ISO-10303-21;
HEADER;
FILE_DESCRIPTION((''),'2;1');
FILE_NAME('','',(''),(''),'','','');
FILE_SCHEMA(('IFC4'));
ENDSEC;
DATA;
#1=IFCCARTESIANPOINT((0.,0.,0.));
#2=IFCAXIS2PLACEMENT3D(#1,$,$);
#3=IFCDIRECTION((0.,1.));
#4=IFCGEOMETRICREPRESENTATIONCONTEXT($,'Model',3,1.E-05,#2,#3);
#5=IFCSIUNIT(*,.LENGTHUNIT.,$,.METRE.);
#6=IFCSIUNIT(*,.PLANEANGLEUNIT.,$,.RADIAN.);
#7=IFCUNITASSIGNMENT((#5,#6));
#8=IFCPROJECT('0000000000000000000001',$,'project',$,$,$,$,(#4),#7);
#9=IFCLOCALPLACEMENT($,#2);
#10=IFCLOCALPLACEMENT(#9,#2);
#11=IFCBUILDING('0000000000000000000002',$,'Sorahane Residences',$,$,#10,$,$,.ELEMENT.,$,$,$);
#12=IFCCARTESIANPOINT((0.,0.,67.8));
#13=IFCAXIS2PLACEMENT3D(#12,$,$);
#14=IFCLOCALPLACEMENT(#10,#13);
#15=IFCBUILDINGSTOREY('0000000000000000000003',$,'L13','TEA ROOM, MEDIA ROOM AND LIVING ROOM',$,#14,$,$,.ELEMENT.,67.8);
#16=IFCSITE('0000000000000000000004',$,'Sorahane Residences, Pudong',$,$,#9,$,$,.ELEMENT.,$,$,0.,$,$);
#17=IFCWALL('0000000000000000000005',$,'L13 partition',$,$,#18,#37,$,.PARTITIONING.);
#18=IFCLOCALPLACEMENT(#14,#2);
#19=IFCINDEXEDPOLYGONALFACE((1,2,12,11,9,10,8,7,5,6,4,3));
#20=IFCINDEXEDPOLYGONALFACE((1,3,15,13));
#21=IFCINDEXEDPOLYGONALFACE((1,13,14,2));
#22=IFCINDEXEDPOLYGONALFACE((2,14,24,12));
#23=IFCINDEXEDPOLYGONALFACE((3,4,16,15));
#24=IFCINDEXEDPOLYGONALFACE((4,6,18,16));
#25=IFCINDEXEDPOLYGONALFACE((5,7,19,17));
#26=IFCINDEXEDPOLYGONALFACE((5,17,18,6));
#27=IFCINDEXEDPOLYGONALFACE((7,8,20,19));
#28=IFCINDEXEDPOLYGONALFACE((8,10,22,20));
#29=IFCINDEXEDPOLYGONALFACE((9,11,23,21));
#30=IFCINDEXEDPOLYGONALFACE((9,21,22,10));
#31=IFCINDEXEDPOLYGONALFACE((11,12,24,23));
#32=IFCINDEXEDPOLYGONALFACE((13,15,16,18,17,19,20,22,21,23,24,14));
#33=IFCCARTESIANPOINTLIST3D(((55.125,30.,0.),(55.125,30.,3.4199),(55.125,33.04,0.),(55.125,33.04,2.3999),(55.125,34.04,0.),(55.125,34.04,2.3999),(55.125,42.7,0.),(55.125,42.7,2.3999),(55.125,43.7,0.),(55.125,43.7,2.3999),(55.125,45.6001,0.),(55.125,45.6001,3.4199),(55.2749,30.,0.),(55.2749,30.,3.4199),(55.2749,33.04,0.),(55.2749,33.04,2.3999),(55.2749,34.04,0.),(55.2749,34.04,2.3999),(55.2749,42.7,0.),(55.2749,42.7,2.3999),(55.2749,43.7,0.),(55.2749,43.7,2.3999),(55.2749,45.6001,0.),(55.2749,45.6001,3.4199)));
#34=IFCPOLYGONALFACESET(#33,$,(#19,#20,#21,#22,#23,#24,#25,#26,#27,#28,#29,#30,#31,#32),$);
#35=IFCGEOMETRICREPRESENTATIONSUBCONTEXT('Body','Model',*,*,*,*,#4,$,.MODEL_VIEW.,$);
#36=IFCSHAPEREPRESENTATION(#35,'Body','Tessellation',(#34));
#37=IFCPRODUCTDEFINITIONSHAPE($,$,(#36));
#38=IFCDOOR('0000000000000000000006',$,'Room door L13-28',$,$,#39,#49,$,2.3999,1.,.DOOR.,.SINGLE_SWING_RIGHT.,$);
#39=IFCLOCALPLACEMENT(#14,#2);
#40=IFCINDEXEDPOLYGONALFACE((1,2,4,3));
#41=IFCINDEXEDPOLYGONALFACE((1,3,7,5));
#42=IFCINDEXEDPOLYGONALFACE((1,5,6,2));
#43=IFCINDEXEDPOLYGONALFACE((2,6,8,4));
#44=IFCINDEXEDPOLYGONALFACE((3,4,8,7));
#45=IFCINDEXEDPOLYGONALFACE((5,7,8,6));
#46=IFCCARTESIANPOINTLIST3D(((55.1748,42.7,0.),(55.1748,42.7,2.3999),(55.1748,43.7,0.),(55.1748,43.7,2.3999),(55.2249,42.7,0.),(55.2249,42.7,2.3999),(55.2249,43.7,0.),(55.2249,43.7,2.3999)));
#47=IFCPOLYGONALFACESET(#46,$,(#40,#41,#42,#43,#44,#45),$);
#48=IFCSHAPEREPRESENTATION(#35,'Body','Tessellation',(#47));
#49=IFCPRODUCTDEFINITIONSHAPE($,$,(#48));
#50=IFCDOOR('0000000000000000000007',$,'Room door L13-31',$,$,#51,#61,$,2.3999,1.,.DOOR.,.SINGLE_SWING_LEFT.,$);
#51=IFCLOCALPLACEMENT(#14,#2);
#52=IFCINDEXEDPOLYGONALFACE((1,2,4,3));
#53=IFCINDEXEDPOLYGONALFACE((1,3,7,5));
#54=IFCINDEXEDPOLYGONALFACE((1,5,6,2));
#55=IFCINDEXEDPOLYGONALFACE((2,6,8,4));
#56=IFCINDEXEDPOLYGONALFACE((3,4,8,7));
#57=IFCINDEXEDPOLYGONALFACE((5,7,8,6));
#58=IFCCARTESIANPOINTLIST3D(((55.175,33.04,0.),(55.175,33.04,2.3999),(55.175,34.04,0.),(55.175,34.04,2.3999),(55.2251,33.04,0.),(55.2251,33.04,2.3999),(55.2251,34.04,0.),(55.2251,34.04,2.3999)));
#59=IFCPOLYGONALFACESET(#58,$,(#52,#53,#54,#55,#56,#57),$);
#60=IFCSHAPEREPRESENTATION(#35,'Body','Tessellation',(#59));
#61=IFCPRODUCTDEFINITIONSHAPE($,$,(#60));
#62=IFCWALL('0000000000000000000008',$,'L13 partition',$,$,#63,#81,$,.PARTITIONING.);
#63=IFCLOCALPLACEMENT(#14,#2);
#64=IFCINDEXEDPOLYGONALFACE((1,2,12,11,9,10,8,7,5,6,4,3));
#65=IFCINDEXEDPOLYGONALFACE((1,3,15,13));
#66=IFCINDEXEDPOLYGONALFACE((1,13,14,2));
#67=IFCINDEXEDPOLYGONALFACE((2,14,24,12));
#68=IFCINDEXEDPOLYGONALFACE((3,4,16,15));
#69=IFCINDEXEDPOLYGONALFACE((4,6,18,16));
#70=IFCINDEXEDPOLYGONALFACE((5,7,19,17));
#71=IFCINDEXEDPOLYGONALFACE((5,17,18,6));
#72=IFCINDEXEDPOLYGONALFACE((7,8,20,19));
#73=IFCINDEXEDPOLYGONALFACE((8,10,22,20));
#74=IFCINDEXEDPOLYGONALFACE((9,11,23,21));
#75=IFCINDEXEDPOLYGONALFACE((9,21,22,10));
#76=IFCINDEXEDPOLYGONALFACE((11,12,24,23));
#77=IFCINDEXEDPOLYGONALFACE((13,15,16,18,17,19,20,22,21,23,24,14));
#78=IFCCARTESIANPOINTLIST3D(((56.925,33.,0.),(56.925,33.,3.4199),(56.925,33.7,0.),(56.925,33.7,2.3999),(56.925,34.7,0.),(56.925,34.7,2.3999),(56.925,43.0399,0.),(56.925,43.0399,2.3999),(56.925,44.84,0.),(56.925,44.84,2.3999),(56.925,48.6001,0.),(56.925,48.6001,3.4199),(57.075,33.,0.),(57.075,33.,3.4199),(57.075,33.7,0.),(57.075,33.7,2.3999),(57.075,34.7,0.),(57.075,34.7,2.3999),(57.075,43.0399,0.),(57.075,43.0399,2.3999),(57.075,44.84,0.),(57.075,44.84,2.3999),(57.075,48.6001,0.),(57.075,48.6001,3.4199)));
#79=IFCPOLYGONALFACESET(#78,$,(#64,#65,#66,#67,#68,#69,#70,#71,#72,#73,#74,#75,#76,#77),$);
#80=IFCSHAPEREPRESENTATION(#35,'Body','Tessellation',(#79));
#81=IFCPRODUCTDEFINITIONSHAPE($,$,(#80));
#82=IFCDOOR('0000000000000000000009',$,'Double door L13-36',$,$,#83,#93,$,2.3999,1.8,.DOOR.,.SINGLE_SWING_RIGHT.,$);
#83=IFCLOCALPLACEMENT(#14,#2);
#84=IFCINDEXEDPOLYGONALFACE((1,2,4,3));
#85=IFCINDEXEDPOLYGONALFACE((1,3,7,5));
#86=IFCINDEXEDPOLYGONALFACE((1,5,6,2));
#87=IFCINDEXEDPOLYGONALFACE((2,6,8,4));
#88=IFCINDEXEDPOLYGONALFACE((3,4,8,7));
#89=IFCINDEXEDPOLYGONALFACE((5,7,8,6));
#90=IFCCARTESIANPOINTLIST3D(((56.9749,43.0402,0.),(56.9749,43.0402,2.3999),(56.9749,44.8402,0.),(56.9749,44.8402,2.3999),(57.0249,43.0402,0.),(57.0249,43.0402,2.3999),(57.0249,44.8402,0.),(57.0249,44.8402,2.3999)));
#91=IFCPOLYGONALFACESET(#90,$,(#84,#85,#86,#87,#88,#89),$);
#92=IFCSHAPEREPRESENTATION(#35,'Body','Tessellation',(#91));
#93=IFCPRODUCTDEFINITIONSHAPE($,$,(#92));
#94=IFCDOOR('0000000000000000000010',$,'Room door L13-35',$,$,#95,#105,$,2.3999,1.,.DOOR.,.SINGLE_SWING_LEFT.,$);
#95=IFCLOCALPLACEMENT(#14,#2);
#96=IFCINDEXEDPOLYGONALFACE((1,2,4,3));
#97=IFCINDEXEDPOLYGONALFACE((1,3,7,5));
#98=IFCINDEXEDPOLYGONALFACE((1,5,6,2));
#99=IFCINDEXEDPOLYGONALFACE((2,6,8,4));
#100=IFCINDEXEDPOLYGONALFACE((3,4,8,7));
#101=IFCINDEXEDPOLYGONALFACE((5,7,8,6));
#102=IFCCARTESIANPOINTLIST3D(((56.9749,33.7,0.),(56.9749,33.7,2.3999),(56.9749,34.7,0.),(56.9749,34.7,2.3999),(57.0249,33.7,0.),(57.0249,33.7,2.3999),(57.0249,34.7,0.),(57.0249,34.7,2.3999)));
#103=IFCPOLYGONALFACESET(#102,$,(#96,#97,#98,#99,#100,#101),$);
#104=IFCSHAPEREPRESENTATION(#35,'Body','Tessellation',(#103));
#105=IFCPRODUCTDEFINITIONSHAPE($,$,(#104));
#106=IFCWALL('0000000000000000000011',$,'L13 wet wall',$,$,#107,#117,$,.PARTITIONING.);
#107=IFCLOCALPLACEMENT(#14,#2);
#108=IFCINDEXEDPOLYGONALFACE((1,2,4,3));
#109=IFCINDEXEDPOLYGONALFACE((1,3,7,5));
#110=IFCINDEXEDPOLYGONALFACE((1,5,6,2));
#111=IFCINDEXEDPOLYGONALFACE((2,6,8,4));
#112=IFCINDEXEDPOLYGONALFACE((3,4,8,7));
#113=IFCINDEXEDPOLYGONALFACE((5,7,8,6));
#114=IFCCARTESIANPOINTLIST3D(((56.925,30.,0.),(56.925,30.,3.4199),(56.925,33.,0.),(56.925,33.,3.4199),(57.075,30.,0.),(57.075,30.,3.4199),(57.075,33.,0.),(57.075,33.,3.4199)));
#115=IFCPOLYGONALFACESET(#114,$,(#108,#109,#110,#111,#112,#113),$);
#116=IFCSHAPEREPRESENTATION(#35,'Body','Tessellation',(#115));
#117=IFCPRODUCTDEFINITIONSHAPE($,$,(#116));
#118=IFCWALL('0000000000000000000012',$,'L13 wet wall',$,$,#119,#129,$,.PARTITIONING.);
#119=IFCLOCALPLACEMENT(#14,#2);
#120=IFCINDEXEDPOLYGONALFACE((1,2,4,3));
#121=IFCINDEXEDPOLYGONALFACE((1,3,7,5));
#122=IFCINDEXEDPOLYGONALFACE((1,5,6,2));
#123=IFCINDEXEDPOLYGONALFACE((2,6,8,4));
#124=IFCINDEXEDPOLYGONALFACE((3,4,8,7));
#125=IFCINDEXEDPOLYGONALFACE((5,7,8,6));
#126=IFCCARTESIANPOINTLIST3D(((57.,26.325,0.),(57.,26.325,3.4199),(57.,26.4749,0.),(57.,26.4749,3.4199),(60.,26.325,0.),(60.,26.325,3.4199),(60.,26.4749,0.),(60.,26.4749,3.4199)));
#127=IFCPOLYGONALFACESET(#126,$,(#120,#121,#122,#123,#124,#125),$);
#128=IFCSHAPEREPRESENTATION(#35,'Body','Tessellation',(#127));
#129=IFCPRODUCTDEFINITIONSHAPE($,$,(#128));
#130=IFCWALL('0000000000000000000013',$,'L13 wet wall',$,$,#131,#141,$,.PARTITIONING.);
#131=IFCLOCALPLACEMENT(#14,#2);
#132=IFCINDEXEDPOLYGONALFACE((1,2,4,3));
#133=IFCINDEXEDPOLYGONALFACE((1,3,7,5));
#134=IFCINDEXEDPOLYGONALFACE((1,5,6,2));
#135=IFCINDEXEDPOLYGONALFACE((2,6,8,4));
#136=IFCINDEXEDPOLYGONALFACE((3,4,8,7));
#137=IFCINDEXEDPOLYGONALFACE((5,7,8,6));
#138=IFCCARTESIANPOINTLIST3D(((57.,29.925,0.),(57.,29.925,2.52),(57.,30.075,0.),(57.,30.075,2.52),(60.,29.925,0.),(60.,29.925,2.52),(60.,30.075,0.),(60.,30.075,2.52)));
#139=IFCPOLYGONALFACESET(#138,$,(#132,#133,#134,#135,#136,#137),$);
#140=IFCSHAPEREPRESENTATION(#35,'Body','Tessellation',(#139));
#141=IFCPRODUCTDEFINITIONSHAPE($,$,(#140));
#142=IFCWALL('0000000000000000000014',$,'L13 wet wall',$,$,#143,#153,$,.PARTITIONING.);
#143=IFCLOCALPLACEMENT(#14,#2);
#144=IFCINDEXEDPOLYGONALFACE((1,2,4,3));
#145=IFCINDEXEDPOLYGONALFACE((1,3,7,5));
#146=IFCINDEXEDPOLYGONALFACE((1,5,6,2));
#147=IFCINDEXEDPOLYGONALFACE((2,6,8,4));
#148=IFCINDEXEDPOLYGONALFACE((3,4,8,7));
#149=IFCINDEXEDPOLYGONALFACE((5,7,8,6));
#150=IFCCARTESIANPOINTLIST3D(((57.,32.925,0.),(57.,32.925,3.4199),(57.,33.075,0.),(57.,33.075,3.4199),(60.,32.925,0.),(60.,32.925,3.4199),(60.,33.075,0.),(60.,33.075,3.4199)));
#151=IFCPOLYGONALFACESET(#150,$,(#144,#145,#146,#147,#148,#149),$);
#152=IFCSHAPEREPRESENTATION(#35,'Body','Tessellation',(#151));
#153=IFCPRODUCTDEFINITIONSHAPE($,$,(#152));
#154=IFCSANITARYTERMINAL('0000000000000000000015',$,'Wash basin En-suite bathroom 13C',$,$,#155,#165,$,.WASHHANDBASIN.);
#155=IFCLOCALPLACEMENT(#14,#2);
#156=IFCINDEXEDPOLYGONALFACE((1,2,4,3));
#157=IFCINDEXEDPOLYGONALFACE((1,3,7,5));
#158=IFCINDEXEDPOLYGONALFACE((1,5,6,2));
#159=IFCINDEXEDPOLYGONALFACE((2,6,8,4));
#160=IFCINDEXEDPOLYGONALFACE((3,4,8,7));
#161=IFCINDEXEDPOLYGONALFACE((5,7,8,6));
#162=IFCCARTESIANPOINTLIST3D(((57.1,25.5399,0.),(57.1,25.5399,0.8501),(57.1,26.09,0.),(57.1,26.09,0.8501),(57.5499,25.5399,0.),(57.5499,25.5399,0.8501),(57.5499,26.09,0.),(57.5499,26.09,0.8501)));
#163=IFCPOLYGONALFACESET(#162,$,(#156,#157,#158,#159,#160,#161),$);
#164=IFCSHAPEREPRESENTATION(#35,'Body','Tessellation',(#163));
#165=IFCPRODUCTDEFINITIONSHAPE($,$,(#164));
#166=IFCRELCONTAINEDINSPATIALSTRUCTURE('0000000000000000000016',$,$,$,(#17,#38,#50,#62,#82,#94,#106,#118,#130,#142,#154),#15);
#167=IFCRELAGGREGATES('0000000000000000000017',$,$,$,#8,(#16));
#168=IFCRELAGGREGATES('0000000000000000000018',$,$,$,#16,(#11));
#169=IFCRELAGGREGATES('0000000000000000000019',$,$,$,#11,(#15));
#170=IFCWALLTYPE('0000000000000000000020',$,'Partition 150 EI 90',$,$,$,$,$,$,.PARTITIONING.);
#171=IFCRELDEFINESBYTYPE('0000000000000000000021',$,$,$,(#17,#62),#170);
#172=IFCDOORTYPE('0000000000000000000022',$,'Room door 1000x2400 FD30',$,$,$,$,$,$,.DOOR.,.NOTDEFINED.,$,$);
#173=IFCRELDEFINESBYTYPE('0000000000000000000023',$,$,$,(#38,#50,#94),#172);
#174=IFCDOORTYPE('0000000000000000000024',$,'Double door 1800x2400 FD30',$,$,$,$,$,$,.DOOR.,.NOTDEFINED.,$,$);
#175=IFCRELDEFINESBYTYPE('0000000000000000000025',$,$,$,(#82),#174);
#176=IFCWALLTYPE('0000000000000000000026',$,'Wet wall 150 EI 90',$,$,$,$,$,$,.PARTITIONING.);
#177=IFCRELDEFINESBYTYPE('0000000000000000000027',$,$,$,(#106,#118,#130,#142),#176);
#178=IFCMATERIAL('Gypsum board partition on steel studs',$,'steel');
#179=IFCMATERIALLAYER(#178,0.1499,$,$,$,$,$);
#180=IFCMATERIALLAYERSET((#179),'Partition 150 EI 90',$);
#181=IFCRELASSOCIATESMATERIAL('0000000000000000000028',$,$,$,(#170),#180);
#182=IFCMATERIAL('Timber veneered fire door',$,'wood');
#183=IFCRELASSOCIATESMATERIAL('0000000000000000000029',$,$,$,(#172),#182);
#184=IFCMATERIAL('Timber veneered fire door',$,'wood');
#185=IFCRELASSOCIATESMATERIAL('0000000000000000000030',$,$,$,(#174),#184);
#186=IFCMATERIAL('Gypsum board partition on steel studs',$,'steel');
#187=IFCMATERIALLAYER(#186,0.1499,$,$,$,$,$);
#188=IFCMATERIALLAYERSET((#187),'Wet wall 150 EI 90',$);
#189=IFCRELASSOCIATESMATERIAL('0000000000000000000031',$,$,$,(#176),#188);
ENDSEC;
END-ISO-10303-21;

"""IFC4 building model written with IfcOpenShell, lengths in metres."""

from ifc_helpers import new_model, si_unit, direction, frame, frame_2d, origin, origin_2d, place, context, subcontext, project, spatial, rectangle, extrude, material, layer, layer_set, type_object, element, fill, save


model = new_model("IFC4")

# Units and contexts
model_context = context("Model", 3, precision=1e-05, world=origin(), true_north=direction((0.0, 1.0)))
body_context = subcontext(model_context, "Body", "Model", "MODEL_VIEW")
ifc_project = project(units=[si_unit("LENGTHUNIT", "METRE"), si_unit("PLANEANGLEUNIT", "RADIAN")], contexts=[model_context])

# Site, building, storey
site_placement = place(None, origin())
site = spatial("IfcSite", under=ifc_project, at=site_placement, Name="Sorahane Residences, Pudong", CompositionType="ELEMENT", RefElevation=0.0)
building_placement = place(site_placement, origin())
building = spatial("IfcBuilding", under=site, at=building_placement, Name="Sorahane Residences", CompositionType="ELEMENT")
storey_placement = place(building_placement, frame((0.0, 0.0, 67.8)))
storey = spatial("IfcBuildingStorey", under=building, at=storey_placement, Name="L13", Description="TEA ROOM, MEDIA ROOM AND LIVING ROOM", CompositionType="ELEMENT", Elevation=67.8)

# Wall, openings, doors
ifc_material_1 = material(Name="Gypsum board partition on steel studs", Category="steel")
ifc_layer_1 = layer(ifc_material_1, 0.1499)
ifc_layer_set_1 = layer_set([ifc_layer_1], Name="Partition 150 EI 90")
wall_type_1 = type_object("IfcWallType", Name="Partition 150 EI 90", PredefinedType="PARTITIONING", material=ifc_layer_set_1)
wall_1_placement = place(storey_placement, frame((55.2, 30.0, 0.0), z_axis=(0.0, 0.0, 1.0), x_axis=(0.0, 1.0, 0.0)))
wall_1 = element("IfcWall", 1, at=wall_1_placement, inside=storey, type_object=wall_type_1, Name="L13 partition", PredefinedType="PARTITIONING", context=body_context, shape_type="SweptSolid", body=[
    extrude(rectangle(XDim=15.6001, YDim=0.1499, at=frame_2d((7.8, 0.0))), origin(), (0.0, 0.0, 1.0), 3.4199),
])
opening_1_placement = place(wall_1_placement, frame((12.7, 0.0, 0.0)))
opening_1 = element("IfcOpeningElement", 2, at=opening_1_placement, cuts=wall_1, PredefinedType="OPENING", context=body_context, shape_type="SweptSolid", body=[
    extrude(rectangle(XDim=1.0, YDim=2.3999, at=frame_2d((0.5, 1.2))), frame((0.0, 0.085, 0.0), z_axis=(0.0, -1.0, 0.0), x_axis=(1.0, 0.0, 0.0)), (0.0, 0.0, 1.0), 0.1699),
])
opening_2_placement = place(wall_1_placement, frame((3.04, 0.0, 0.0)))
opening_2 = element("IfcOpeningElement", 3, at=opening_2_placement, cuts=wall_1, PredefinedType="OPENING", context=body_context, shape_type="SweptSolid", body=[
    extrude(rectangle(XDim=1.0, YDim=2.3999, at=frame_2d((0.5, 1.2))), frame((0.0, 0.085, 0.0), z_axis=(0.0, -1.0, 0.0), x_axis=(1.0, 0.0, 0.0)), (0.0, 0.0, 1.0), 0.1699),
])
ifc_material_2 = material(Name="Timber veneered fire door", Category="wood")
door_type_1 = type_object("IfcDoorType", Name="Room door 1000x2400 FD30", OperationType="NOTDEFINED", PredefinedType="DOOR", material=ifc_material_2)
door_1_placement = place(opening_1_placement, frame((1.0, 0.0, 0.0), z_axis=(0.0, 0.0, 1.0), x_axis=(-1.0, 0.0, 0.0)))
door_1 = element("IfcDoor", 4, at=door_1_placement, inside=storey, type_object=door_type_1, Name="Room door L13-28", OperationType="SINGLE_SWING_RIGHT", OverallHeight=2.3999, OverallWidth=1.0, PredefinedType="DOOR", context=body_context, shape_type="SweptSolid", body=[
    extrude(rectangle(XDim=1.0, YDim=2.3999, at=frame_2d((0.5, 1.2))), frame((0.0, 0.0249, 0.0), z_axis=(0.0, -1.0, 0.0), x_axis=(1.0, 0.0, 0.0)), (0.0, 0.0, 1.0), 0.05),
])
fill(opening_1, door_1)
door_2_placement = place(opening_2_placement, origin())
door_2 = element("IfcDoor", 5, at=door_2_placement, inside=storey, type_object=door_type_1, Name="Room door L13-31", OperationType="SINGLE_SWING_LEFT", OverallHeight=2.3999, OverallWidth=1.0, PredefinedType="DOOR", context=body_context, shape_type="SweptSolid", body=[
    extrude(rectangle(XDim=1.0, YDim=2.3999, at=frame_2d((0.5, 1.2))), frame((0.0, 0.0249, 0.0), z_axis=(0.0, -1.0, 0.0), x_axis=(1.0, 0.0, 0.0)), (0.0, 0.0, 1.0), 0.05),
])
fill(opening_2, door_2)

# Wall, openings, doors
wall_2_placement = place(storey_placement, frame((57.0, 33.0, 0.0), z_axis=(0.0, 0.0, 1.0), x_axis=(0.0, 1.0, 0.0)))
wall_2 = element("IfcWall", 6, at=wall_2_placement, inside=storey, type_object=wall_type_1, Name="L13 partition", PredefinedType="PARTITIONING", context=body_context, shape_type="SweptSolid", body=[
    extrude(rectangle(XDim=15.6001, YDim=0.1499, at=frame_2d((7.8, 0.0))), origin(), (0.0, 0.0, 1.0), 3.4199),
])
opening_3_placement = place(wall_2_placement, frame((0.7, 0.0, 0.0)))
opening_3 = element("IfcOpeningElement", 7, at=opening_3_placement, cuts=wall_2, PredefinedType="OPENING", context=body_context, shape_type="SweptSolid", body=[
    extrude(rectangle(XDim=1.0, YDim=2.3999, at=frame_2d((0.5, 1.2))), frame((0.0, 0.085, 0.0), z_axis=(0.0, -1.0, 0.0), x_axis=(1.0, 0.0, 0.0)), (0.0, 0.0, 1.0), 0.1699),
])
opening_4_placement = place(wall_2_placement, frame((10.04, 0.0, 0.0)))
opening_4 = element("IfcOpeningElement", 8, at=opening_4_placement, cuts=wall_2, PredefinedType="OPENING", context=body_context, shape_type="SweptSolid", body=[
    extrude(rectangle(XDim=1.8, YDim=2.3999, at=frame_2d((0.8999, 1.2))), frame((0.0, 0.085, 0.0), z_axis=(0.0, -1.0, 0.0), x_axis=(1.0, 0.0, 0.0)), (0.0, 0.0, 1.0), 0.1699),
])
ifc_material_3 = material(Name="Timber veneered fire door", Category="wood")
door_type_2 = type_object("IfcDoorType", Name="Double door 1800x2400 FD30", OperationType="NOTDEFINED", PredefinedType="DOOR", material=ifc_material_3)
door_3_placement = place(opening_4_placement, frame((1.8, 0.0, 0.0), z_axis=(0.0, 0.0, 1.0), x_axis=(-1.0, 0.0, 0.0)))
door_3 = element("IfcDoor", 9, at=door_3_placement, inside=storey, type_object=door_type_2, Name="Double door L13-36", OperationType="SINGLE_SWING_RIGHT", OverallHeight=2.3999, OverallWidth=1.8, PredefinedType="DOOR", context=body_context, shape_type="SweptSolid", body=[
    extrude(rectangle(XDim=1.8, YDim=2.3999, at=frame_2d((0.8999, 1.2))), frame((0.0, 0.0249, 0.0), z_axis=(0.0, -1.0, 0.0), x_axis=(1.0, 0.0, 0.0)), (0.0, 0.0, 1.0), 0.05),
])
fill(opening_4, door_3)
door_4_placement = place(opening_3_placement, frame((1.0, 0.0, 0.0), z_axis=(0.0, 0.0, 1.0), x_axis=(-1.0, 0.0, 0.0)))
door_4 = element("IfcDoor", 10, at=door_4_placement, inside=storey, type_object=door_type_1, Name="Room door L13-35", OperationType="SINGLE_SWING_LEFT", OverallHeight=2.3999, OverallWidth=1.0, PredefinedType="DOOR", context=body_context, shape_type="SweptSolid", body=[
    extrude(rectangle(XDim=1.0, YDim=2.3999, at=frame_2d((0.5, 1.2))), frame((0.0, 0.0249, 0.0), z_axis=(0.0, -1.0, 0.0), x_axis=(1.0, 0.0, 0.0)), (0.0, 0.0, 1.0), 0.05),
])
fill(opening_3, door_4)

# Walls
ifc_material_4 = material(Name="Gypsum board partition on steel studs", Category="steel")
ifc_layer_2 = layer(ifc_material_4, 0.1499)
ifc_layer_set_2 = layer_set([ifc_layer_2], Name="Wet wall 150 EI 90")
wall_type_2 = type_object("IfcWallType", Name="Wet wall 150 EI 90", PredefinedType="PARTITIONING", material=ifc_layer_set_2)
for number, where, z_axis, x_axis, name in (
    (11, (57.0, 30.0, 0.0), (0.0, 0.0, 1.0), (0.0, 1.0, 0.0), "L13 wet wall"),
    (12, (57.0, 26.3999, 0.0), (0.0, 0.0, 1.0), (1.0, 0.0, 0.0), "L13 wet wall"),
):
    element("IfcWall", number, at=place(storey_placement, frame(where, z_axis=z_axis, x_axis=x_axis)), inside=storey, type_object=wall_type_2, Name=name, PredefinedType="PARTITIONING", context=body_context, shape_type="SweptSolid", body=[
        extrude(rectangle(XDim=3.0, YDim=0.1499, at=frame_2d((1.5, 0.0))), origin(), (0.0, 0.0, 1.0), 3.4199),
    ])
wall_3_placement = place(storey_placement, frame((57.0, 30.0, 0.0), z_axis=(0.0, 0.0, 1.0), x_axis=(1.0, 0.0, 0.0)))
element("IfcWall", 13, at=wall_3_placement, inside=storey, type_object=wall_type_2, Name="L13 wet wall", PredefinedType="PARTITIONING", context=body_context, shape_type="SweptSolid", body=[
    extrude(rectangle(XDim=3.0, YDim=0.1499, at=frame_2d((1.5, 0.0))), origin(), (0.0, 0.0, 1.0), 2.52),
])
wall_4_placement = place(storey_placement, frame((57.0, 33.0, 0.0), z_axis=(0.0, 0.0, 1.0), x_axis=(1.0, 0.0, 0.0)))
element("IfcWall", 14, at=wall_4_placement, inside=storey, type_object=wall_type_2, Name="L13 wet wall", PredefinedType="PARTITIONING", context=body_context, shape_type="SweptSolid", body=[
    extrude(rectangle(XDim=3.0, YDim=0.1499, at=frame_2d((1.5, 0.0))), origin(), (0.0, 0.0, 1.0), 3.4199),
])

# Sanitary terminal
sanitary_terminal_placement = place(storey_placement, frame((57.325, 25.8149, 0.0), z_axis=(0.0, 0.0, 1.0), x_axis=(0.0, 1.0, 0.0)))
element("IfcSanitaryTerminal", 15, at=sanitary_terminal_placement, inside=storey, Name="Wash basin En-suite bathroom 13C", PredefinedType="WASHHANDBASIN", context=body_context, shape_type="SweptSolid", body=[
    extrude(rectangle(XDim=0.55, YDim=0.45, at=origin_2d()), origin(), (0.0, 0.0, 1.0), 0.8501),
])

save(model, "model.ifc")
